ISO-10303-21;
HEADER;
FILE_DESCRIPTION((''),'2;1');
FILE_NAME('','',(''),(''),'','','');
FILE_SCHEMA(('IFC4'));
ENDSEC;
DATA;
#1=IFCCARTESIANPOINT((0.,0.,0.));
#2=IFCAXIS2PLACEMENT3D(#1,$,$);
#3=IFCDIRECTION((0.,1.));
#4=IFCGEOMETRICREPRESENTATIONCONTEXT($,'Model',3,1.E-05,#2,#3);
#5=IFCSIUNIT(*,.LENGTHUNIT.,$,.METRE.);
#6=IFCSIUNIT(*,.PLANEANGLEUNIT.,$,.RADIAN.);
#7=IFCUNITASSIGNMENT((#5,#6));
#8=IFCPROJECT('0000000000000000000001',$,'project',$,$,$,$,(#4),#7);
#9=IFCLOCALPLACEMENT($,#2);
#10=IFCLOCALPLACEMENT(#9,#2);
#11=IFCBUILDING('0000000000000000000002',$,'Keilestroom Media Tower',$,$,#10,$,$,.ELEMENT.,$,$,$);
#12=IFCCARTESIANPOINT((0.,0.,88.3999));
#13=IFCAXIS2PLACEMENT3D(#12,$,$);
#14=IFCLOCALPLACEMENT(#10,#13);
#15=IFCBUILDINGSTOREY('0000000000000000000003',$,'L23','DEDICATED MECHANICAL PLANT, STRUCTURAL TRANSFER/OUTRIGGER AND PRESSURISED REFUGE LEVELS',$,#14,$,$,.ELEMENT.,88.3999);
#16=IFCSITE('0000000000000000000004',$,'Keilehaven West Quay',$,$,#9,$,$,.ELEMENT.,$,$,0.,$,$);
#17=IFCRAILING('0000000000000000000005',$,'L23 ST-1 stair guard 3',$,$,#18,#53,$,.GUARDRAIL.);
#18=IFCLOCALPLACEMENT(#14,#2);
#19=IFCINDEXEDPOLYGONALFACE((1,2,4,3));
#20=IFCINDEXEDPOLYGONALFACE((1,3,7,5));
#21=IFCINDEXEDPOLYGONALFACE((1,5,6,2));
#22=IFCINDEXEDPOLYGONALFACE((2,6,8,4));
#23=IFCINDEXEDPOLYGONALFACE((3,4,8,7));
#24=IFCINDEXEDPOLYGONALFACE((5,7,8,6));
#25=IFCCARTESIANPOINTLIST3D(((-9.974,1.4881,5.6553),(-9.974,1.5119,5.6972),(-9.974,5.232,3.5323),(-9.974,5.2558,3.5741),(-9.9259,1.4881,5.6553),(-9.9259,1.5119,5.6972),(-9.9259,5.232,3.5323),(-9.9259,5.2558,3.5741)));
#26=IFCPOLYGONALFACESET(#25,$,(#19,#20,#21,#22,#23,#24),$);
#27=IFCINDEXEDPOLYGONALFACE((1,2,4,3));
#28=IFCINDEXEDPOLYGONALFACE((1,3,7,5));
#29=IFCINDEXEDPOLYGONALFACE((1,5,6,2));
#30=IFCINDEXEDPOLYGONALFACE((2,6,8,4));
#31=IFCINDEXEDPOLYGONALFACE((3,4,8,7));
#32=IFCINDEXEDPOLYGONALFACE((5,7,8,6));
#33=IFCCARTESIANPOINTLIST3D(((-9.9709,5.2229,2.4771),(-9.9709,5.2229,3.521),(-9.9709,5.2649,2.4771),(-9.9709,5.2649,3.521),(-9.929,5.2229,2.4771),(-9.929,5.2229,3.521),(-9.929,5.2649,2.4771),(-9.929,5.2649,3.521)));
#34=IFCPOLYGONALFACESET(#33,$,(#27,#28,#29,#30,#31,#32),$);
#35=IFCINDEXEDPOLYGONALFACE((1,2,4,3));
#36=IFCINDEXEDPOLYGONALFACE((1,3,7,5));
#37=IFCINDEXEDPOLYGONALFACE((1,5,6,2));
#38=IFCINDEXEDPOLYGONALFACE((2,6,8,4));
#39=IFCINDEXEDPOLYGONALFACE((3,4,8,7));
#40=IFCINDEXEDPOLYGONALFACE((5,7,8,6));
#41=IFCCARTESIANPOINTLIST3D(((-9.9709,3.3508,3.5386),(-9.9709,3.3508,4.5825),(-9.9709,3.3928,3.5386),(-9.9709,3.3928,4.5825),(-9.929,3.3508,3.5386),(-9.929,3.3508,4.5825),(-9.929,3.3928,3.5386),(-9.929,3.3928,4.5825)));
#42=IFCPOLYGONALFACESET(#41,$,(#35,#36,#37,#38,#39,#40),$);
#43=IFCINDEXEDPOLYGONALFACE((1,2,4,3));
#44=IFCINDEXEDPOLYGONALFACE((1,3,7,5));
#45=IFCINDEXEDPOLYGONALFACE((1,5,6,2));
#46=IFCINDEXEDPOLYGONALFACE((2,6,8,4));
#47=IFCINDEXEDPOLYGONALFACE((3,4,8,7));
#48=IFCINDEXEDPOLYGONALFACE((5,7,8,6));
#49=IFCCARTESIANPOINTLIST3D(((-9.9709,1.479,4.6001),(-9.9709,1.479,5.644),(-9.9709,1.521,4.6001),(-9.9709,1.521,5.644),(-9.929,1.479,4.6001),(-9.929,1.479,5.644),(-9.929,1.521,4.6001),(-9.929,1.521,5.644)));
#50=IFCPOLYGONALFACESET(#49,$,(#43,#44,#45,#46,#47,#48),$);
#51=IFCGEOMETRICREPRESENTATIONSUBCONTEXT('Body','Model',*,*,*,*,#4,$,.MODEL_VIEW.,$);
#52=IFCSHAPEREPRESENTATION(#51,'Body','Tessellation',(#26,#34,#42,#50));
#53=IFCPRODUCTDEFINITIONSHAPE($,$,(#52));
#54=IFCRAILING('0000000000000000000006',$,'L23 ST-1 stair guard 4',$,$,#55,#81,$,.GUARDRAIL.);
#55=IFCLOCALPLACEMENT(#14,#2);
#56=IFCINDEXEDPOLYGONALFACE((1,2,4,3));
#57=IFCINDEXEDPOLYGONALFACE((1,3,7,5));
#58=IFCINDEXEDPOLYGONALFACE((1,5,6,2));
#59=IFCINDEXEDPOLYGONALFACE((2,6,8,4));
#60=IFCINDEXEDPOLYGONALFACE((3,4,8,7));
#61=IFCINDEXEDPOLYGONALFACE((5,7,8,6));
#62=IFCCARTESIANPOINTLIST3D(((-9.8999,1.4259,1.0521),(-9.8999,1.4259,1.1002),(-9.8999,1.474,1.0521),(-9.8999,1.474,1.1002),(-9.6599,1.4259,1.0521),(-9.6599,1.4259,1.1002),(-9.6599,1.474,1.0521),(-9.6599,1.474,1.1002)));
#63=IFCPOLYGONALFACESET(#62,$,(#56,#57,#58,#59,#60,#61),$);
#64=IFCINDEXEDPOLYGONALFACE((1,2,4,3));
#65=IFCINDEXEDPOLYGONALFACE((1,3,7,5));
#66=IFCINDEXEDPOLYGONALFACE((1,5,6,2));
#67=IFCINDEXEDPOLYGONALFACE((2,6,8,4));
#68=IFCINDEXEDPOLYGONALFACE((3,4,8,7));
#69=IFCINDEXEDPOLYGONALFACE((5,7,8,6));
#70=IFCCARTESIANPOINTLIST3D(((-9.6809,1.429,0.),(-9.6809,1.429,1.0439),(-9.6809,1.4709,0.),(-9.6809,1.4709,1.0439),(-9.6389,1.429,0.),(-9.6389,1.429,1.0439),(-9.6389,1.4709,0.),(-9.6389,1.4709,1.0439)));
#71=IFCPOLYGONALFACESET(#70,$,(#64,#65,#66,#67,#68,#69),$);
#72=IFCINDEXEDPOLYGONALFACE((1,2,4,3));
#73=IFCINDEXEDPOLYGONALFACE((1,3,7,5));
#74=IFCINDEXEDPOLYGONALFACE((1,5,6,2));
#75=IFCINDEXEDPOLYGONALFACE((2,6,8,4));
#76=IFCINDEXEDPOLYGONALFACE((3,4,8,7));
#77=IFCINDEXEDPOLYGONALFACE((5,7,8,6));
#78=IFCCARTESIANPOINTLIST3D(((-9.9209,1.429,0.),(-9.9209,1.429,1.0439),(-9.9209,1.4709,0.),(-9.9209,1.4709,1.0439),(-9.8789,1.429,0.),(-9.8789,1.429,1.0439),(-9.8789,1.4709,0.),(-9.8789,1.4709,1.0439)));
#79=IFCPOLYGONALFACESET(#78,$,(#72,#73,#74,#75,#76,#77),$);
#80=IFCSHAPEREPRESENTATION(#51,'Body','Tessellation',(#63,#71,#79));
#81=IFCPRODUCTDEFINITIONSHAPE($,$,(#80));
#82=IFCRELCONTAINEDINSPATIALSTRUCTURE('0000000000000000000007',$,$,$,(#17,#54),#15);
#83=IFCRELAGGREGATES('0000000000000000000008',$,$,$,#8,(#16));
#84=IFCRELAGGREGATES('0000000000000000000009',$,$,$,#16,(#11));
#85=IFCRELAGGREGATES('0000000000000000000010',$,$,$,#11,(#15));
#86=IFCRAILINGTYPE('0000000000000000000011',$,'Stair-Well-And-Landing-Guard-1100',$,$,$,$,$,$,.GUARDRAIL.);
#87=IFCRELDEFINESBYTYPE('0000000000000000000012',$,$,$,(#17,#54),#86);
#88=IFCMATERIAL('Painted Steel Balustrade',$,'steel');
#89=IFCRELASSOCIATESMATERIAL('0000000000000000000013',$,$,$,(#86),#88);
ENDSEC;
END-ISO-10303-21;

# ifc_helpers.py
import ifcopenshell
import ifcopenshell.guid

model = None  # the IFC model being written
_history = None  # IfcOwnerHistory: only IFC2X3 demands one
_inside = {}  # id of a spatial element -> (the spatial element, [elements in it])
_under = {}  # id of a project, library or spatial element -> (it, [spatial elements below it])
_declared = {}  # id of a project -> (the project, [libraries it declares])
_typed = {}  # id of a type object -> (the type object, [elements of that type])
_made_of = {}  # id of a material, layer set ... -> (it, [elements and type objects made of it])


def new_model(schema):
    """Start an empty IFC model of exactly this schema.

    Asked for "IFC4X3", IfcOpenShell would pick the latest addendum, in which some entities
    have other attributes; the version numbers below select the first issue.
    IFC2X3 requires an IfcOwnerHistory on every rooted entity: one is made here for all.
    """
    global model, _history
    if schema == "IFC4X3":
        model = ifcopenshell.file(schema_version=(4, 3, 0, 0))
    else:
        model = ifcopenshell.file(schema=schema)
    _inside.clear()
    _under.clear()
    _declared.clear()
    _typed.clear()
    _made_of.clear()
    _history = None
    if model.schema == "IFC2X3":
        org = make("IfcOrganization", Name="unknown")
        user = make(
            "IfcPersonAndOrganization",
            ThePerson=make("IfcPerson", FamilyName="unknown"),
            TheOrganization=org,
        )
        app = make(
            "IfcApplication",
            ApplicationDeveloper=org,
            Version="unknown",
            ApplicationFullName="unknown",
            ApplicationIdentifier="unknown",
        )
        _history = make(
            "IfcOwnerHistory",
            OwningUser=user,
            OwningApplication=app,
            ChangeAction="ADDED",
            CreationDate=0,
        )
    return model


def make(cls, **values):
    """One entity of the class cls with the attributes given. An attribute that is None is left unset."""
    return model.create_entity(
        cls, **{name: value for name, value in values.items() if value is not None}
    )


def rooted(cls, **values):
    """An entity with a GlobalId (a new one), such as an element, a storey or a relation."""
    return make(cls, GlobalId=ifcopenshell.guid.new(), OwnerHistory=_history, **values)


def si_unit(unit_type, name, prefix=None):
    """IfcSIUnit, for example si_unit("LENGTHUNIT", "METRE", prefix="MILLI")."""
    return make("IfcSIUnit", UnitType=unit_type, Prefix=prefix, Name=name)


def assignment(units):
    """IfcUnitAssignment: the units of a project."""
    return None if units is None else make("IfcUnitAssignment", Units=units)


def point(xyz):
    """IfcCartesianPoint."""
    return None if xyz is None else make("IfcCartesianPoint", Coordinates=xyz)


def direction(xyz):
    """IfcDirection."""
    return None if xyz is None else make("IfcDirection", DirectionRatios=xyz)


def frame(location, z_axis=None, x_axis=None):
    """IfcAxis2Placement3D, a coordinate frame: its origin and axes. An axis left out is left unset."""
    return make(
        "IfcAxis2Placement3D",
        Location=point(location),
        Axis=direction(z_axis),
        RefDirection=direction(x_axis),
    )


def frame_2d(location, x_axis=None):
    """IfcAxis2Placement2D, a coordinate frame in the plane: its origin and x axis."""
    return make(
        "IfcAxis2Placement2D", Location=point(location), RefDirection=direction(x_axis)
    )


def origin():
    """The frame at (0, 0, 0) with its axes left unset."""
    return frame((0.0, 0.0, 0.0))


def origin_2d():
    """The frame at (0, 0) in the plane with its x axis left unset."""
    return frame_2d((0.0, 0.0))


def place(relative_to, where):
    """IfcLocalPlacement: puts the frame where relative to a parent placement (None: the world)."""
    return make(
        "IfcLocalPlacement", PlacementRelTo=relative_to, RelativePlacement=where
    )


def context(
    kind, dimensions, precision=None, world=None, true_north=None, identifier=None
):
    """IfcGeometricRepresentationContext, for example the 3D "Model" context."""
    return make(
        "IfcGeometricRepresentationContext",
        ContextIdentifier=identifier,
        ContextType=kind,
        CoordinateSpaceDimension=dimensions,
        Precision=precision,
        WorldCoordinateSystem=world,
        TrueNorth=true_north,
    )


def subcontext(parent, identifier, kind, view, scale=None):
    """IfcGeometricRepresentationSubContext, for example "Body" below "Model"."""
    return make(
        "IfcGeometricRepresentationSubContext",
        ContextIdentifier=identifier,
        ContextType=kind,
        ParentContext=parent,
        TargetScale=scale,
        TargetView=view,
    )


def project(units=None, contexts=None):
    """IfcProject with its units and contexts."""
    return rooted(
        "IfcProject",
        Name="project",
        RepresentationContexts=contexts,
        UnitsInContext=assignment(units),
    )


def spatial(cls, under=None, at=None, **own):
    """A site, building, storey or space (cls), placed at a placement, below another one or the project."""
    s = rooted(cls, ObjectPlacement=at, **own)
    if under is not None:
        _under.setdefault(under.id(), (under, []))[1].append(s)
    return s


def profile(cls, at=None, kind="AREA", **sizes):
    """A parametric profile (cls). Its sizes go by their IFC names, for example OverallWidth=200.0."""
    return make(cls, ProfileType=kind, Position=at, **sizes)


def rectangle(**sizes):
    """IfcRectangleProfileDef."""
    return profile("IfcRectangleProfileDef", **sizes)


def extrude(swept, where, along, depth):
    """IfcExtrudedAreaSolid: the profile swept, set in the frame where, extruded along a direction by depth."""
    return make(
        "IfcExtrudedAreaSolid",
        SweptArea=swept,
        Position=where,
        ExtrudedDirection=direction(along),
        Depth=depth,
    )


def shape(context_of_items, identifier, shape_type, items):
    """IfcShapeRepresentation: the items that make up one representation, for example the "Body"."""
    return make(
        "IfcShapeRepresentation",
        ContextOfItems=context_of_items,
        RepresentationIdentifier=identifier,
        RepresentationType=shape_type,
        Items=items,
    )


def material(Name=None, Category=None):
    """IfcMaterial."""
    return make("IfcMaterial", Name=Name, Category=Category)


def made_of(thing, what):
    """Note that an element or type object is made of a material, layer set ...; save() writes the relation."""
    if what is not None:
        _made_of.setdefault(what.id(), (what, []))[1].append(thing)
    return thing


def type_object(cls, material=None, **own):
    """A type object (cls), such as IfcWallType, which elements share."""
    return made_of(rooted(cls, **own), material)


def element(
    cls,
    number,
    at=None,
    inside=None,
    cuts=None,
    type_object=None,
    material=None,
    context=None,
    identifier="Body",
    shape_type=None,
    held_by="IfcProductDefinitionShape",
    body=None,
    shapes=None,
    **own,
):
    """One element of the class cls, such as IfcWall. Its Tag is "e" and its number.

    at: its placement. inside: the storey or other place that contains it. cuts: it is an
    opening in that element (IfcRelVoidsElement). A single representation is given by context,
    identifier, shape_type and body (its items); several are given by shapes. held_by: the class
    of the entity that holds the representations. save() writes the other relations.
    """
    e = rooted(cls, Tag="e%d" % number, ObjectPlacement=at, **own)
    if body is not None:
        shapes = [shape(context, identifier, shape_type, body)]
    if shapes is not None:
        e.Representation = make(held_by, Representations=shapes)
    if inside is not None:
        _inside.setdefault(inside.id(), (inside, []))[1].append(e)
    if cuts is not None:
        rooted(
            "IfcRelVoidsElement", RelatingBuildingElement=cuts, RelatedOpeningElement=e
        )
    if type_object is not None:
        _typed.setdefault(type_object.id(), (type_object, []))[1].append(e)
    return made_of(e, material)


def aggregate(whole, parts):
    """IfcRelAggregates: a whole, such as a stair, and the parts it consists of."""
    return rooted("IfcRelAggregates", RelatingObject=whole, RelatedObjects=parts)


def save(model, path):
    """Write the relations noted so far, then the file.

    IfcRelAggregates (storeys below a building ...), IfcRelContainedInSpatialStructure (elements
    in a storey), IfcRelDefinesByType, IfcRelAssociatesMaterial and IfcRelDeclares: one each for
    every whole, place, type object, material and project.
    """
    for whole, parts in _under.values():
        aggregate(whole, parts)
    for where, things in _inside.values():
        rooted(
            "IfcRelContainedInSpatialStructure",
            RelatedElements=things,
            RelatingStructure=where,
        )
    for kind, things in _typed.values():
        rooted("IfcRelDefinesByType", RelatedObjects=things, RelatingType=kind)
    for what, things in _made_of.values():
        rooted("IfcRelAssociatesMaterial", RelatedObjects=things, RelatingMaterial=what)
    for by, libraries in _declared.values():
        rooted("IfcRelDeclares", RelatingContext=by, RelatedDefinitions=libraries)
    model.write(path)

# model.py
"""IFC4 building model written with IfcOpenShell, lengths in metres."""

from ifc_helpers import new_model, si_unit, direction, frame, origin, origin_2d, place, context, subcontext, project, spatial, rectangle, extrude, material, type_object, element, save


model = new_model("IFC4")

# Units and contexts
model_context = context("Model", 3, precision=1e-05, world=origin(), true_north=direction((0.0, 1.0)))
body_context = subcontext(model_context, "Body", "Model", "MODEL_VIEW")
ifc_project = project(units=[si_unit("LENGTHUNIT", "METRE"), si_unit("PLANEANGLEUNIT", "RADIAN")], contexts=[model_context])

# Site, building, storey
site_placement = place(None, origin())
site = spatial("IfcSite", under=ifc_project, at=site_placement, Name="Keilehaven West Quay", CompositionType="ELEMENT", RefElevation=0.0)
building_placement = place(site_placement, origin())
building = spatial("IfcBuilding", under=site, at=building_placement, Name="Keilestroom Media Tower", CompositionType="ELEMENT")
storey_placement = place(building_placement, frame((0.0, 0.0, 88.3999)))
storey = spatial("IfcBuildingStorey", under=building, at=storey_placement, Name="L23", Description="DEDICATED MECHANICAL PLANT, STRUCTURAL TRANSFER/OUTRIGGER AND PRESSURISED REFUGE LEVELS", CompositionType="ELEMENT", Elevation=88.3999)

# Railings
ifc_material_1 = material(Name="Painted Steel Balustrade", Category="steel")
railing_type_1 = type_object("IfcRailingType", Name="Stair-Well-And-Landing-Guard-1100", PredefinedType="GUARDRAIL", material=ifc_material_1)
railing_1_placement = place(storey_placement, frame((-9.95, 5.2439, 2.4771)))
element("IfcRailing", 1, at=railing_1_placement, inside=storey, type_object=railing_type_1, Name="L23 ST-1 stair guard 3", PredefinedType="GUARDRAIL", context=body_context, shape_type="SweptSolid", body=[
    extrude(rectangle(XDim=0.0481, YDim=0.0481, at=origin_2d()), frame((0.0, 0.0, 1.0762), z_axis=(0.0, -0.869872, 0.493277), x_axis=(1.0, 0.0, 0.0)), (0.0, 0.0, 1.0), 4.304),
    extrude(rectangle(XDim=0.042, YDim=0.042, at=origin_2d()), origin(), (0.0, 0.0, 1.0), 1.0439),
    extrude(rectangle(XDim=0.042, YDim=0.042, at=origin_2d()), frame((0.0, -1.8721, 1.0615)), (0.0, 0.0, 1.0), 1.0439),
    extrude(rectangle(XDim=0.042, YDim=0.042, at=origin_2d()), frame((0.0, -3.7439, 2.123)), (0.0, 0.0, 1.0), 1.0439),
])
railing_2_placement = place(storey_placement, frame((-9.6599, 1.45, 0.0)))
element("IfcRailing", 2, at=railing_2_placement, inside=storey, type_object=railing_type_1, Name="L23 ST-1 stair guard 4", PredefinedType="GUARDRAIL", context=body_context, shape_type="SweptSolid", body=[
    extrude(rectangle(XDim=0.0481, YDim=0.0481, at=origin_2d()), frame((0.0, 0.0, 1.0762), z_axis=(-1.0, 0.0, 0.0), x_axis=(0.0, -1.0, 0.0)), (0.0, 0.0, 1.0), 0.24),
    extrude(rectangle(XDim=0.042, YDim=0.042, at=origin_2d()), origin(), (0.0, 0.0, 1.0), 1.0439),
    extrude(rectangle(XDim=0.042, YDim=0.042, at=origin_2d()), frame((-0.24, 0.0, 0.0)), (0.0, 0.0, 1.0), 1.0439),
])

save(model, "model.ifc")
